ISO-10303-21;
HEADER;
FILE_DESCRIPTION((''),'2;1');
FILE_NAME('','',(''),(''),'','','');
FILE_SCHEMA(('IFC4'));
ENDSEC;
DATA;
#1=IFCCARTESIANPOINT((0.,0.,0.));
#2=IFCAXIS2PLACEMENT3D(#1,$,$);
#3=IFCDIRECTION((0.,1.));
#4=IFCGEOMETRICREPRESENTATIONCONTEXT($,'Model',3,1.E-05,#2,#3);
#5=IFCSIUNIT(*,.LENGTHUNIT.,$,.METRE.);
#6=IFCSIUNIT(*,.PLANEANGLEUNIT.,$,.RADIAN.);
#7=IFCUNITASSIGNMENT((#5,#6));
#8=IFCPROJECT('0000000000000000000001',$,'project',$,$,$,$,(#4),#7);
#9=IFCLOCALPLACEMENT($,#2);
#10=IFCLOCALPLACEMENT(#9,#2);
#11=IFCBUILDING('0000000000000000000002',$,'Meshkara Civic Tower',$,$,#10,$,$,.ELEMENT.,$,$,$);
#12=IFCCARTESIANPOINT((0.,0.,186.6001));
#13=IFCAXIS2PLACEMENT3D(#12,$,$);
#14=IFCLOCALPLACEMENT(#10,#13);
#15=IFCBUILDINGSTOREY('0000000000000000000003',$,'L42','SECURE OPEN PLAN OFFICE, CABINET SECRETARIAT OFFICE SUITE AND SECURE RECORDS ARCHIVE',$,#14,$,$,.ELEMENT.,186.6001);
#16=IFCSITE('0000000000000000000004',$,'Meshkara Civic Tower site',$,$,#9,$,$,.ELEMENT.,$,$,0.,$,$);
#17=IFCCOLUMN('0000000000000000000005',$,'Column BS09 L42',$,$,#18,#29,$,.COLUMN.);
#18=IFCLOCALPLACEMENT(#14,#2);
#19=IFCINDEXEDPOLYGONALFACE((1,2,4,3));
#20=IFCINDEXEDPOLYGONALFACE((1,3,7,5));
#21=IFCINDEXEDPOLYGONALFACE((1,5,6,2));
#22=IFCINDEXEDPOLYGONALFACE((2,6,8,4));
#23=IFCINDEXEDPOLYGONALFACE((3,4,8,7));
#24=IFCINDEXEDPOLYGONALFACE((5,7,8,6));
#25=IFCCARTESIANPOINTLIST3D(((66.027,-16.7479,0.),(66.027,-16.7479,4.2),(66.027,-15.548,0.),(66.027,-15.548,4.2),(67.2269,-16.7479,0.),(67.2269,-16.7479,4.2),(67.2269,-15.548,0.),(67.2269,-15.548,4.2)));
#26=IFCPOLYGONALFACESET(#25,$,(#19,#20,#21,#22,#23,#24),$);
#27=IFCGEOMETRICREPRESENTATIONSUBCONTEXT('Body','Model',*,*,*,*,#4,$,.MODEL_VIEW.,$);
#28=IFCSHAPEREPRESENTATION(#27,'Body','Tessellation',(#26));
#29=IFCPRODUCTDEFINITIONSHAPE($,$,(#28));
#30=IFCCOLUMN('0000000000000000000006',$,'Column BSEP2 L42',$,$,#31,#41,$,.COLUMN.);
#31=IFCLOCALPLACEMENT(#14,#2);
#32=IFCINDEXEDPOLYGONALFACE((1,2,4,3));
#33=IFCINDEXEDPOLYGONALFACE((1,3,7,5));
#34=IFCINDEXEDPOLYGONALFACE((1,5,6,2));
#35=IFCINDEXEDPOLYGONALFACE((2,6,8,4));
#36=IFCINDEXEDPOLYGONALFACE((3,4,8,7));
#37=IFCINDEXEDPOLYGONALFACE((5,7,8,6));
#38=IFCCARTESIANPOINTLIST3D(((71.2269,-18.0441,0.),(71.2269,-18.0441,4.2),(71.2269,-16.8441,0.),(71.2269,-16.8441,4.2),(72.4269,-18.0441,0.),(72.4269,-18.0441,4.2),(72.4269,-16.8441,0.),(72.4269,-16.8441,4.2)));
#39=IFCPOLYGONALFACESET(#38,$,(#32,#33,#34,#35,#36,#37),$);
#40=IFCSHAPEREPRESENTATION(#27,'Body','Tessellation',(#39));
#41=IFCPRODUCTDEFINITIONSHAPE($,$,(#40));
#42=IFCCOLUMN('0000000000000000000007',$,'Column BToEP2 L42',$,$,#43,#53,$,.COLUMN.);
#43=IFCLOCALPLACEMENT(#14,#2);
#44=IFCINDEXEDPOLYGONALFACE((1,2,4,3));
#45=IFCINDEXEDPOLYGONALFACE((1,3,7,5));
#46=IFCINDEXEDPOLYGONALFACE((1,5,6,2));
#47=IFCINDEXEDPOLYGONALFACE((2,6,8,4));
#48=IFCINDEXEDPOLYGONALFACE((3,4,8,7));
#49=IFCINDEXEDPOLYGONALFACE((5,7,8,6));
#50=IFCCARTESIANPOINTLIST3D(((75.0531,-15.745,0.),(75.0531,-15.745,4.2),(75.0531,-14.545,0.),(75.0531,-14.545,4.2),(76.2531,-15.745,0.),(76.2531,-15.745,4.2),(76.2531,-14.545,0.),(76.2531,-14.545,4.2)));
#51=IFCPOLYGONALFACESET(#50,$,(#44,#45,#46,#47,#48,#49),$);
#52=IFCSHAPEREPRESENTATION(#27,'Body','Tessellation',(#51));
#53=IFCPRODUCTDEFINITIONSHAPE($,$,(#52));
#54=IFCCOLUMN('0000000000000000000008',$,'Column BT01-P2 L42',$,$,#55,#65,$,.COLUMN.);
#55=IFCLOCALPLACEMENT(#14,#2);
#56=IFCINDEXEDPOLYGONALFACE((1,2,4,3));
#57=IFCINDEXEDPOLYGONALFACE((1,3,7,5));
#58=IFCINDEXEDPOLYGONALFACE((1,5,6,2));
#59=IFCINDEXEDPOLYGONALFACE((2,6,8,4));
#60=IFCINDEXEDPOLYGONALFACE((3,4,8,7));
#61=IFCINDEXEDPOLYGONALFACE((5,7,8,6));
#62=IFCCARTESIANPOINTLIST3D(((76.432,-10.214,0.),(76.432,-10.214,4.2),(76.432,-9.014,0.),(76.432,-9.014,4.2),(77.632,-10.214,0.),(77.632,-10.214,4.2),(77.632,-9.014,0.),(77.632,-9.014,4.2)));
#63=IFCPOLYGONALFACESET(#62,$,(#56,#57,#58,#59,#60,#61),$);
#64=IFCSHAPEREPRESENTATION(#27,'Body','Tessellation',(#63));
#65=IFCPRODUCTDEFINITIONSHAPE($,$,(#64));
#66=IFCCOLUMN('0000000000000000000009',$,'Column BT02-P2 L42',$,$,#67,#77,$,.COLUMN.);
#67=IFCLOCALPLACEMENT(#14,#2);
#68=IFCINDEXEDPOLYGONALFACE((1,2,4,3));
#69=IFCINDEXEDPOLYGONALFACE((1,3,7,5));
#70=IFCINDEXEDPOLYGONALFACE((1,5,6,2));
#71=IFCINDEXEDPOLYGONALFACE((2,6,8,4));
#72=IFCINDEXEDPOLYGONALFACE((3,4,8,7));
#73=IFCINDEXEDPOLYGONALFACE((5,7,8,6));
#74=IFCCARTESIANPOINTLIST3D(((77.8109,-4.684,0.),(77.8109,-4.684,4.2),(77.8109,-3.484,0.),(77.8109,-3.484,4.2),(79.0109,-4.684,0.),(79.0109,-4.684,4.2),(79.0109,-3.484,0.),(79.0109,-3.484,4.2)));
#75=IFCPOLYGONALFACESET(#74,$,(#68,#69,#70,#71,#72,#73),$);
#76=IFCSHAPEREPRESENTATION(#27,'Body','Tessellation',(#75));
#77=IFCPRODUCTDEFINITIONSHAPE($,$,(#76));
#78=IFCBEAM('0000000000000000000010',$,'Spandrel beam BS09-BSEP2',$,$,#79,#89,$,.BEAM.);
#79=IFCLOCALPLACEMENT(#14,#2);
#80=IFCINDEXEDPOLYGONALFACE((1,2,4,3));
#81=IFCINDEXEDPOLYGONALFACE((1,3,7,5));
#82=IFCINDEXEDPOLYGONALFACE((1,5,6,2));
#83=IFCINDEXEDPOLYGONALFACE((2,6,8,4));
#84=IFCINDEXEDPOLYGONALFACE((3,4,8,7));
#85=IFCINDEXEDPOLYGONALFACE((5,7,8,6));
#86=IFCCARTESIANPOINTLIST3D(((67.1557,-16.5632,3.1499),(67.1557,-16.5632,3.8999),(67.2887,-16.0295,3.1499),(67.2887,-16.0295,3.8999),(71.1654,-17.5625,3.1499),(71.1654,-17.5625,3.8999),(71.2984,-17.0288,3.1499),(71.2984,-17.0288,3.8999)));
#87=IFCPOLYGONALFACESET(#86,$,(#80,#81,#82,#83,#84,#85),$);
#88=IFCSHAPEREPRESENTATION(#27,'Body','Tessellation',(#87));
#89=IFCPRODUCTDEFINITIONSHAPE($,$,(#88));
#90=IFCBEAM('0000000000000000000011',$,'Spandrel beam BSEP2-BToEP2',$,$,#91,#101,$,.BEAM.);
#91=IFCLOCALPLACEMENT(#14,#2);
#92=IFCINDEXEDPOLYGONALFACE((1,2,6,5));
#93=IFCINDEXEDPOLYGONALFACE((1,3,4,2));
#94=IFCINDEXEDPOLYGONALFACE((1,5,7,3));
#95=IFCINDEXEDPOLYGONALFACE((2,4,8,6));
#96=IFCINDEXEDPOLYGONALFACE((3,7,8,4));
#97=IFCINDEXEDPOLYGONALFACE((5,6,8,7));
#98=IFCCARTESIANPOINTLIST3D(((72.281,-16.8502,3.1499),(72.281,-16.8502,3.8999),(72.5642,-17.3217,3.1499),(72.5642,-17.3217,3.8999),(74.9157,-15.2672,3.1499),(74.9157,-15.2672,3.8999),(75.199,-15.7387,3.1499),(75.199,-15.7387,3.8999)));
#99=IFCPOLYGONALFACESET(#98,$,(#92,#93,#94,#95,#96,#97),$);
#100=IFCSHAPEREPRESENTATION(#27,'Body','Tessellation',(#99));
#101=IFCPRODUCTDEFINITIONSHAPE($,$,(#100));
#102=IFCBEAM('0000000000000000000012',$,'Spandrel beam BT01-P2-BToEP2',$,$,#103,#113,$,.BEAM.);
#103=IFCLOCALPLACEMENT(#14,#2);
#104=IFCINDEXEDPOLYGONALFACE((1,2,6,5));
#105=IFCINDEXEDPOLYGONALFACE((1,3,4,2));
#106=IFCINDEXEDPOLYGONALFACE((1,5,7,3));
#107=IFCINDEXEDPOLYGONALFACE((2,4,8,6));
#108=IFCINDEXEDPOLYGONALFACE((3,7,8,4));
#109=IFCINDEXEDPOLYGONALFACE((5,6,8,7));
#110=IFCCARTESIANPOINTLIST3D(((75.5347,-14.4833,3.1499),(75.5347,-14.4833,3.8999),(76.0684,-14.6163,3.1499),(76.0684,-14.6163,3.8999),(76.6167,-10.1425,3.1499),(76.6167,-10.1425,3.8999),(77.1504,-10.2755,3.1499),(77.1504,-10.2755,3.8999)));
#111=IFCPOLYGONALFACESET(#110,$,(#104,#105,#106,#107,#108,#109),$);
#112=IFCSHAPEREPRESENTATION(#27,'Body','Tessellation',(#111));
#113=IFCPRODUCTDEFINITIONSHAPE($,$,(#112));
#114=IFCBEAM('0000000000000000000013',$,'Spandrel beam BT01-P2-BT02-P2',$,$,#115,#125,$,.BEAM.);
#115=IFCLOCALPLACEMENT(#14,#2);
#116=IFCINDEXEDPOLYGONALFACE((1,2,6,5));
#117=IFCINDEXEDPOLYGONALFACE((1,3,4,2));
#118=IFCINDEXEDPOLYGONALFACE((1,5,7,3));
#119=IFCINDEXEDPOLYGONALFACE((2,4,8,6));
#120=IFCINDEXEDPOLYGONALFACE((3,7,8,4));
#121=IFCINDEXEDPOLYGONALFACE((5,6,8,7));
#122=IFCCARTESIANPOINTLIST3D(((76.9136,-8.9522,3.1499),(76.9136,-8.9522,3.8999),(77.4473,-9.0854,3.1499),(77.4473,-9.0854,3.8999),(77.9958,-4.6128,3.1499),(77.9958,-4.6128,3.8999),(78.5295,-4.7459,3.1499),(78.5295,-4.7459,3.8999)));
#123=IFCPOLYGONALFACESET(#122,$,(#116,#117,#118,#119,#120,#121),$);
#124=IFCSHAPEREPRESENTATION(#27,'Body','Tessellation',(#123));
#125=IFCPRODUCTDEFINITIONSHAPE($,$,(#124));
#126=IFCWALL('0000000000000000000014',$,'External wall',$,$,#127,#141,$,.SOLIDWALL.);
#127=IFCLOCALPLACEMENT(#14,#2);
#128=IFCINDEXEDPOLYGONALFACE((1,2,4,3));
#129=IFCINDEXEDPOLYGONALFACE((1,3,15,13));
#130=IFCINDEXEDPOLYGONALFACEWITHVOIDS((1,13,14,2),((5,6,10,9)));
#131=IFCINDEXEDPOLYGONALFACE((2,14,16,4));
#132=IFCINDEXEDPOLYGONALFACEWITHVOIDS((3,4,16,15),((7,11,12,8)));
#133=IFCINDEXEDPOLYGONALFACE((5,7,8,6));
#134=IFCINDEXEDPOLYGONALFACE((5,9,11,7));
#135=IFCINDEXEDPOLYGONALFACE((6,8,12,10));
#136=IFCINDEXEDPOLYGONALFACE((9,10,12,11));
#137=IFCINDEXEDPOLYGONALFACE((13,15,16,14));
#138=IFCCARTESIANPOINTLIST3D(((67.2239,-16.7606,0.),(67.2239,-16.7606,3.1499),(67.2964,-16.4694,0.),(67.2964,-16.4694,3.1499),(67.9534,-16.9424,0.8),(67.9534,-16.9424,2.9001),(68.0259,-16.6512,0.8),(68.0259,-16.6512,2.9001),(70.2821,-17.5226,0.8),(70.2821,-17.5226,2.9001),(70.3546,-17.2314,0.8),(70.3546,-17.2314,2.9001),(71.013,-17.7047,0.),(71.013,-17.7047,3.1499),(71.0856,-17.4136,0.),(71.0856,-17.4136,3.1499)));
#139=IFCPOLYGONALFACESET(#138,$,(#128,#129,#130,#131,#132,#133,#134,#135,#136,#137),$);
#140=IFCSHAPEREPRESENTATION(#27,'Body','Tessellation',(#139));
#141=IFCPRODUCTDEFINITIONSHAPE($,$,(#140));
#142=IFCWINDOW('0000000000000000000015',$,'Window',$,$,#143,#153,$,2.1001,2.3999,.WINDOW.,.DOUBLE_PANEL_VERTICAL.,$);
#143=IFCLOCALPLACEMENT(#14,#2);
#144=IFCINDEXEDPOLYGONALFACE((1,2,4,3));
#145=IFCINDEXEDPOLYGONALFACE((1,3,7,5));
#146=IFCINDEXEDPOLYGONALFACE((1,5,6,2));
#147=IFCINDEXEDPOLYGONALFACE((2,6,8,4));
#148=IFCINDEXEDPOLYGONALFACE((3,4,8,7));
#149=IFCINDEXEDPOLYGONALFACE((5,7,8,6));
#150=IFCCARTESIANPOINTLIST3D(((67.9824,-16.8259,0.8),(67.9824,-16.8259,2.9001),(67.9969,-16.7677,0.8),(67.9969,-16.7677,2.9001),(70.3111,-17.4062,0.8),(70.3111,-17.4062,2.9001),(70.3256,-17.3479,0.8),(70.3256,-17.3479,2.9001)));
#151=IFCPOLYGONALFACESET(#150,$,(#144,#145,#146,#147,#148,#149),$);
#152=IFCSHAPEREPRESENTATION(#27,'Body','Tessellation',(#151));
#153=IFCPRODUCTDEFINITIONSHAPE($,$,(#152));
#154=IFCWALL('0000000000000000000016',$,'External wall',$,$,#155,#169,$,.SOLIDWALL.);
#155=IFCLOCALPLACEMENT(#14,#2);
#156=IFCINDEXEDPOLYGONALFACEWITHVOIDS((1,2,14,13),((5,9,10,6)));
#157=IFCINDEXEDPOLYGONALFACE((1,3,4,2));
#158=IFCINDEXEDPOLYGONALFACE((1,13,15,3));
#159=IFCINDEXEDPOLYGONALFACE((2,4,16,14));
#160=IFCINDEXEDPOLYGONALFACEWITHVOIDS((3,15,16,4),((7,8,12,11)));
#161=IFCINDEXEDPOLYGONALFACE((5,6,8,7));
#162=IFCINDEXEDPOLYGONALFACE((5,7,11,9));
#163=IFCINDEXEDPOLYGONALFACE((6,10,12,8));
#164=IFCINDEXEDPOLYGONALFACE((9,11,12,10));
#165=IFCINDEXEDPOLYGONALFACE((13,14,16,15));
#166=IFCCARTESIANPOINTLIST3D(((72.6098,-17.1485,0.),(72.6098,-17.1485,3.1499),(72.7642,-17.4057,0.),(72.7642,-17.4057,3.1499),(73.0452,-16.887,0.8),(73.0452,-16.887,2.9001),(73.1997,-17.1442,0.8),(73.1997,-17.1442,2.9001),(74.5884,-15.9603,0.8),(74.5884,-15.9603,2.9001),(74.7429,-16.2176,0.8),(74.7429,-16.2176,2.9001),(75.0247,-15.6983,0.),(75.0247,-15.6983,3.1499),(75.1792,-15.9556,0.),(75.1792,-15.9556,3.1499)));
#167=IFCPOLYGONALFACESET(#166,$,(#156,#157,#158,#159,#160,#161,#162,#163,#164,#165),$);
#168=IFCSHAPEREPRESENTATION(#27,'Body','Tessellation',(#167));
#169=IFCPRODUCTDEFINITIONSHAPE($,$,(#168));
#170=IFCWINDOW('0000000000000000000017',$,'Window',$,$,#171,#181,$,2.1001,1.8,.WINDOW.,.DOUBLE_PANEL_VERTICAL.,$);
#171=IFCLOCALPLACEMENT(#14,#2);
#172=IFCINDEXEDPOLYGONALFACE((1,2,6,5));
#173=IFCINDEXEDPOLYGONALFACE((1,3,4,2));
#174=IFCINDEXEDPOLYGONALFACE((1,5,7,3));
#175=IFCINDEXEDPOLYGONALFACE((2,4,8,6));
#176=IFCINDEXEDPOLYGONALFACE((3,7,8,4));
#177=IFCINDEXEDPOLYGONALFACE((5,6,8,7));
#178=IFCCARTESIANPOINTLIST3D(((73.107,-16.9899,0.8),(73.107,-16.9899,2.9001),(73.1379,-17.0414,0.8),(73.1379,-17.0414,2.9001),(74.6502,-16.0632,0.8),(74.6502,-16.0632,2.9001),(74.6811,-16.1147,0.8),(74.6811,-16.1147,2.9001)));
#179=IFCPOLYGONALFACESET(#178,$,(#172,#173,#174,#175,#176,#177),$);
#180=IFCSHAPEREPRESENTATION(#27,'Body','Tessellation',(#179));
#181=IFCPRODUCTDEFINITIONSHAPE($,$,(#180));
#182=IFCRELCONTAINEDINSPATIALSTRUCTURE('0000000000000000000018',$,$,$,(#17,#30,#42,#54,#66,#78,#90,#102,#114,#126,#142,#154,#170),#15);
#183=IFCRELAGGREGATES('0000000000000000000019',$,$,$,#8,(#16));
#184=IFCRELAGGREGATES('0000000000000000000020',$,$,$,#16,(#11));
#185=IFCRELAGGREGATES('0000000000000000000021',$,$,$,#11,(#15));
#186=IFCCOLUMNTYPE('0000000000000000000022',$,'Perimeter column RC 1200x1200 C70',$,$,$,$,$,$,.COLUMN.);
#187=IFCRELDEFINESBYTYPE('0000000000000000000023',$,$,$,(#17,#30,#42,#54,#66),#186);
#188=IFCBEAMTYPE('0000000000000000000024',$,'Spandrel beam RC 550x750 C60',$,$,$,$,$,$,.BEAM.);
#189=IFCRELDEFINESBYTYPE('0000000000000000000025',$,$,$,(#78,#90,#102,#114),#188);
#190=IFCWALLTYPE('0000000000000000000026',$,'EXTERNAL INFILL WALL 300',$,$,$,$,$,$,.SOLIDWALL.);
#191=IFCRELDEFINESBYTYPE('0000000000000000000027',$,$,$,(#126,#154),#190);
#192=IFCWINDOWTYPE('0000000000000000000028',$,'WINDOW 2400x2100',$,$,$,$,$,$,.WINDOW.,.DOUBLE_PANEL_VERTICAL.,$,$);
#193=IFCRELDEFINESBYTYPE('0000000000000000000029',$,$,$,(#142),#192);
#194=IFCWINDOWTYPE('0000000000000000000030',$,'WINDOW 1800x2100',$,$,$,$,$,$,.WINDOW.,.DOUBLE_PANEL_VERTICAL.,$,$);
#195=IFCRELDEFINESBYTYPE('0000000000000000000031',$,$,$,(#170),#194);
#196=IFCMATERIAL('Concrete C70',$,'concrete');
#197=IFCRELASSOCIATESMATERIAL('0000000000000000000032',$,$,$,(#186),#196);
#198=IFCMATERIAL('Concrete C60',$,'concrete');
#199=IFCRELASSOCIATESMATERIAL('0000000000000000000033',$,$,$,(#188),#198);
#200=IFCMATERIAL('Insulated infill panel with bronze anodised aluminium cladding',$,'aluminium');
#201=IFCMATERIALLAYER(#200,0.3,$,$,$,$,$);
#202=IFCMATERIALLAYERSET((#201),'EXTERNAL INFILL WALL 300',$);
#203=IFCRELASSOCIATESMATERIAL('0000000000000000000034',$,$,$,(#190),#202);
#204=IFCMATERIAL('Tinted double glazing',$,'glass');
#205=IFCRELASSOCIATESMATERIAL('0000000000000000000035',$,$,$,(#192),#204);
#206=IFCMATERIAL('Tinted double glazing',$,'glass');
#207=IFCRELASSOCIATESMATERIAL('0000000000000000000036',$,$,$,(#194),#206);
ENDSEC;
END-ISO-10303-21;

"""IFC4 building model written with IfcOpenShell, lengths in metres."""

from ifc_helpers import new_model, si_unit, direction, frame, frame_2d, origin, origin_2d, place, context, subcontext, project, spatial, rectangle, extrude, material, layer, layer_set, material_profile, profile_set, type_object, element, fill, save


model = new_model("IFC4")

# Units and contexts
model_context = context("Model", 3, precision=1e-05, world=origin(), true_north=direction((0.0, 1.0)))
body_context = subcontext(model_context, "Body", "Model", "MODEL_VIEW")
ifc_project = project(units=[si_unit("LENGTHUNIT", "METRE"), si_unit("PLANEANGLEUNIT", "RADIAN")], contexts=[model_context])

# Site, building, storey
site_placement = place(None, origin())
site = spatial("IfcSite", under=ifc_project, at=site_placement, Name="Meshkara Civic Tower site", CompositionType="ELEMENT", RefElevation=0.0)
building_placement = place(site_placement, origin())
building = spatial("IfcBuilding", under=site, at=building_placement, Name="Meshkara Civic Tower", CompositionType="ELEMENT")
storey_placement = place(building_placement, frame((0.0, 0.0, 186.6001)))
storey = spatial("IfcBuildingStorey", under=building, at=storey_placement, Name="L42", Description="SECURE OPEN PLAN OFFICE, CABINET SECRETARIAT OFFICE SUITE AND SECURE RECORDS ARCHIVE", CompositionType="ELEMENT", Elevation=186.6001)

# Columns
ifc_material_1 = material(Name="Concrete C70", Category="concrete")
ifc_material_profile_1 = material_profile(ifc_material_1, rectangle(XDim=1.2, YDim=1.2, at=origin_2d()))
ifc_profile_set_1 = profile_set([ifc_material_profile_1], Name="Concrete C70")
column_type = type_object("IfcColumnType", Name="Perimeter column RC 1200x1200 C70", PredefinedType="COLUMN", material=ifc_profile_set_1)
for number, where, z_axis, x_axis, name in (
    (1, (66.627, -16.1479, 0.0), (0.0, 0.0, 1.0), (1.0, 0.0, 0.0), "Column BS09 L42"),
    (2, (71.8269, -17.4441, 0.0), (0.0, 0.0, 1.0), (1.0, 0.0, 0.0), "Column BSEP2 L42"),
    (3, (75.6531, -15.145, 0.0), (0.0, 0.0, 1.0), (1.0, 0.0, 0.0), "Column BToEP2 L42"),
    (4, (77.032, -9.614, 0.0), (0.0, 0.0, 1.0), (1.0, 0.0, 0.0), "Column BT01-P2 L42"),
    (5, (78.4109, -4.084, 0.0), (0.0, 0.0, 1.0), (1.0, 0.0, 0.0), "Column BT02-P2 L42"),
):
    element("IfcColumn", number, at=place(storey_placement, frame(where, z_axis=z_axis, x_axis=x_axis)), inside=storey, type_object=column_type, Name=name, PredefinedType="COLUMN", context=body_context, shape_type="SweptSolid", body=[
        extrude(rectangle(XDim=1.2, YDim=1.2, at=origin_2d()), origin(), (0.0, 0.0, 1.0), 4.2),
    ])

# Beams
ifc_material_2 = material(Name="Concrete C60", Category="concrete")
ifc_material_profile_2 = material_profile(ifc_material_2, rectangle(XDim=0.55, YDim=0.75, at=origin_2d()))
ifc_profile_set_2 = profile_set([ifc_material_profile_2], Name="Concrete C60")
beam_type = type_object("IfcBeamType", Name="Spandrel beam RC 550x750 C60", PredefinedType="BEAM", material=ifc_profile_set_2)
beam_1_placement = place(storey_placement, frame((67.2222, -16.2964, 3.5249), z_axis=(0.970323, -0.241813, 0.0), x_axis=(0.241813, 0.970323, 0.0)))
element("IfcBeam", 6, at=beam_1_placement, inside=storey, type_object=beam_type, Name="Spandrel beam BS09-BSEP2", PredefinedType="BEAM", context=body_context, shape_type="SweptSolid", body=[
    extrude(rectangle(XDim=0.55, YDim=0.75, at=origin_2d()), origin(), (0.0, 0.0, 1.0), 4.1323),
])
beam_2_placement = place(storey_placement, frame((72.4226, -17.0859, 3.5249), z_axis=(0.857184, 0.51501, 0.0), x_axis=(-0.51501, 0.857184, 0.0)))
element("IfcBeam", 7, at=beam_2_placement, inside=storey, type_object=beam_type, Name="Spandrel beam BSEP2-BToEP2", PredefinedType="BEAM", context=body_context, shape_type="SweptSolid", body=[
    extrude(rectangle(XDim=0.55, YDim=0.75, at=origin_2d()), origin(), (0.0, 0.0, 1.0), 3.0737),
])
beam_3_placement = place(storey_placement, frame((75.8015, -14.5498, 3.5249), z_axis=(0.241868, 0.970309, 0.0), x_axis=(-0.970309, 0.241868, 0.0)))
element("IfcBeam", 8, at=beam_3_placement, inside=storey, type_object=beam_type, Name="Spandrel beam BT01-P2-BToEP2", PredefinedType="BEAM", context=body_context, shape_type="SweptSolid", body=[
    extrude(rectangle(XDim=0.55, YDim=0.75, at=origin_2d()), origin(), (0.0, 0.0, 1.0), 4.4736),
])
beam_4_placement = place(storey_placement, frame((77.1804, -9.0188, 3.5249), z_axis=(0.241983, 0.97028, 0.0), x_axis=(-0.97028, 0.241983, 0.0)))
element("IfcBeam", 9, at=beam_4_placement, inside=storey, type_object=beam_type, Name="Spandrel beam BT01-P2-BT02-P2", PredefinedType="BEAM", context=body_context, shape_type="SweptSolid", body=[
    extrude(rectangle(XDim=0.55, YDim=0.75, at=origin_2d()), origin(), (0.0, 0.0, 1.0), 4.4724),
])

# Walls, openings, windows
ifc_material_3 = material(Name="Insulated infill panel with bronze anodised aluminium cladding", Category="aluminium")
ifc_layer_1 = layer(ifc_material_3, 0.3)
ifc_layer_set_1 = layer_set([ifc_layer_1], Name="EXTERNAL INFILL WALL 300")
wall_type_1 = type_object("IfcWallType", Name="EXTERNAL INFILL WALL 300", PredefinedType="SOLIDWALL", material=ifc_layer_set_1)
wall_1_placement = place(storey_placement, frame((67.26, -16.615, 0.0), z_axis=(0.0, 0.0, 1.0), x_axis=(0.970333, -0.241771, 0.0)))
wall_1 = element("IfcWall", 10, at=wall_1_placement, inside=storey, type_object=wall_type_1, Name="External wall", PredefinedType="SOLIDWALL", context=body_context, shape_type="SweptSolid", body=[
    extrude(rectangle(XDim=3.905, YDim=0.3, at=frame_2d((1.9526, 0.0))), origin(), (0.0, 0.0, 1.0), 3.1499),
])
opening_1_placement = place(wall_1_placement, frame((0.752, 0.0, 0.8)))
opening_1 = element("IfcOpeningElement", 11, at=opening_1_placement, cuts=wall_1, PredefinedType="OPENING", context=body_context, shape_type="SweptSolid", body=[
    extrude(rectangle(XDim=2.3999, YDim=2.1001, at=frame_2d((1.2, 1.05))), frame((0.0, 0.1599, 0.0), z_axis=(0.0, -1.0, 0.0), x_axis=(1.0, 0.0, 0.0)), (0.0, 0.0, 1.0), 0.3201),
])
ifc_material_4 = material(Name="Tinted double glazing", Category="glass")
window_type_1 = type_object("IfcWindowType", Name="WINDOW 2400x2100", PartitioningType="DOUBLE_PANEL_VERTICAL", PredefinedType="WINDOW", material=ifc_material_4)
window_1_placement = place(opening_1_placement, origin())
window_1 = element("IfcWindow", 12, at=window_1_placement, inside=storey, type_object=window_type_1, Name="Window", OverallHeight=2.1001, OverallWidth=2.3999, PartitioningType="DOUBLE_PANEL_VERTICAL", PredefinedType="WINDOW", context=body_context, shape_type="SweptSolid", body=[
    extrude(rectangle(XDim=2.3999, YDim=2.1001, at=frame_2d((1.2, 1.05))), frame((0.0, 0.03, 0.0), z_axis=(0.0, -1.0, 0.0), x_axis=(1.0, 0.0, 0.0)), (0.0, 0.0, 1.0), 0.0601),
])
fill(opening_1, window_1)
wall_2_placement = place(storey_placement, frame((72.687, -17.2771, 0.0), z_axis=(0.0, 0.0, 1.0), x_axis=(0.857309, 0.514802, 0.0)))
wall_2 = element("IfcWall", 13, at=wall_2_placement, inside=storey, type_object=wall_type_1, Name="External wall", PredefinedType="SOLIDWALL", context=body_context, shape_type="SweptSolid", body=[
    extrude(rectangle(XDim=2.8169, YDim=0.3, at=frame_2d((1.4084, 0.0))), origin(), (0.0, 0.0, 1.0), 3.1499),
])
opening_2_placement = place(wall_2_placement, frame((0.5081, 0.0, 0.8)))
opening_2 = element("IfcOpeningElement", 14, at=opening_2_placement, cuts=wall_2, PredefinedType="OPENING", context=body_context, shape_type="SweptSolid", body=[
    extrude(rectangle(XDim=1.8, YDim=2.1001, at=frame_2d((0.8999, 1.05))), frame((0.0, 0.1599, 0.0), z_axis=(0.0, -1.0, 0.0), x_axis=(1.0, 0.0, 0.0)), (0.0, 0.0, 1.0), 0.3201),
])
ifc_material_5 = material(Name="Tinted double glazing", Category="glass")
window_type_2 = type_object("IfcWindowType", Name="WINDOW 1800x2100", PartitioningType="DOUBLE_PANEL_VERTICAL", PredefinedType="WINDOW", material=ifc_material_5)
window_2_placement = place(opening_2_placement, origin())
window_2 = element("IfcWindow", 15, at=window_2_placement, inside=storey, type_object=window_type_2, Name="Window", OverallHeight=2.1001, OverallWidth=1.8, PartitioningType="DOUBLE_PANEL_VERTICAL", PredefinedType="WINDOW", context=body_context, shape_type="SweptSolid", body=[
    extrude(rectangle(XDim=1.8, YDim=2.1001, at=frame_2d((0.8999, 1.05))), frame((0.0, 0.03, 0.0), z_axis=(0.0, -1.0, 0.0), x_axis=(1.0, 0.0, 0.0)), (0.0, 0.0, 1.0), 0.0601),
])
fill(opening_2, window_2)

save(model, "model.ifc")
